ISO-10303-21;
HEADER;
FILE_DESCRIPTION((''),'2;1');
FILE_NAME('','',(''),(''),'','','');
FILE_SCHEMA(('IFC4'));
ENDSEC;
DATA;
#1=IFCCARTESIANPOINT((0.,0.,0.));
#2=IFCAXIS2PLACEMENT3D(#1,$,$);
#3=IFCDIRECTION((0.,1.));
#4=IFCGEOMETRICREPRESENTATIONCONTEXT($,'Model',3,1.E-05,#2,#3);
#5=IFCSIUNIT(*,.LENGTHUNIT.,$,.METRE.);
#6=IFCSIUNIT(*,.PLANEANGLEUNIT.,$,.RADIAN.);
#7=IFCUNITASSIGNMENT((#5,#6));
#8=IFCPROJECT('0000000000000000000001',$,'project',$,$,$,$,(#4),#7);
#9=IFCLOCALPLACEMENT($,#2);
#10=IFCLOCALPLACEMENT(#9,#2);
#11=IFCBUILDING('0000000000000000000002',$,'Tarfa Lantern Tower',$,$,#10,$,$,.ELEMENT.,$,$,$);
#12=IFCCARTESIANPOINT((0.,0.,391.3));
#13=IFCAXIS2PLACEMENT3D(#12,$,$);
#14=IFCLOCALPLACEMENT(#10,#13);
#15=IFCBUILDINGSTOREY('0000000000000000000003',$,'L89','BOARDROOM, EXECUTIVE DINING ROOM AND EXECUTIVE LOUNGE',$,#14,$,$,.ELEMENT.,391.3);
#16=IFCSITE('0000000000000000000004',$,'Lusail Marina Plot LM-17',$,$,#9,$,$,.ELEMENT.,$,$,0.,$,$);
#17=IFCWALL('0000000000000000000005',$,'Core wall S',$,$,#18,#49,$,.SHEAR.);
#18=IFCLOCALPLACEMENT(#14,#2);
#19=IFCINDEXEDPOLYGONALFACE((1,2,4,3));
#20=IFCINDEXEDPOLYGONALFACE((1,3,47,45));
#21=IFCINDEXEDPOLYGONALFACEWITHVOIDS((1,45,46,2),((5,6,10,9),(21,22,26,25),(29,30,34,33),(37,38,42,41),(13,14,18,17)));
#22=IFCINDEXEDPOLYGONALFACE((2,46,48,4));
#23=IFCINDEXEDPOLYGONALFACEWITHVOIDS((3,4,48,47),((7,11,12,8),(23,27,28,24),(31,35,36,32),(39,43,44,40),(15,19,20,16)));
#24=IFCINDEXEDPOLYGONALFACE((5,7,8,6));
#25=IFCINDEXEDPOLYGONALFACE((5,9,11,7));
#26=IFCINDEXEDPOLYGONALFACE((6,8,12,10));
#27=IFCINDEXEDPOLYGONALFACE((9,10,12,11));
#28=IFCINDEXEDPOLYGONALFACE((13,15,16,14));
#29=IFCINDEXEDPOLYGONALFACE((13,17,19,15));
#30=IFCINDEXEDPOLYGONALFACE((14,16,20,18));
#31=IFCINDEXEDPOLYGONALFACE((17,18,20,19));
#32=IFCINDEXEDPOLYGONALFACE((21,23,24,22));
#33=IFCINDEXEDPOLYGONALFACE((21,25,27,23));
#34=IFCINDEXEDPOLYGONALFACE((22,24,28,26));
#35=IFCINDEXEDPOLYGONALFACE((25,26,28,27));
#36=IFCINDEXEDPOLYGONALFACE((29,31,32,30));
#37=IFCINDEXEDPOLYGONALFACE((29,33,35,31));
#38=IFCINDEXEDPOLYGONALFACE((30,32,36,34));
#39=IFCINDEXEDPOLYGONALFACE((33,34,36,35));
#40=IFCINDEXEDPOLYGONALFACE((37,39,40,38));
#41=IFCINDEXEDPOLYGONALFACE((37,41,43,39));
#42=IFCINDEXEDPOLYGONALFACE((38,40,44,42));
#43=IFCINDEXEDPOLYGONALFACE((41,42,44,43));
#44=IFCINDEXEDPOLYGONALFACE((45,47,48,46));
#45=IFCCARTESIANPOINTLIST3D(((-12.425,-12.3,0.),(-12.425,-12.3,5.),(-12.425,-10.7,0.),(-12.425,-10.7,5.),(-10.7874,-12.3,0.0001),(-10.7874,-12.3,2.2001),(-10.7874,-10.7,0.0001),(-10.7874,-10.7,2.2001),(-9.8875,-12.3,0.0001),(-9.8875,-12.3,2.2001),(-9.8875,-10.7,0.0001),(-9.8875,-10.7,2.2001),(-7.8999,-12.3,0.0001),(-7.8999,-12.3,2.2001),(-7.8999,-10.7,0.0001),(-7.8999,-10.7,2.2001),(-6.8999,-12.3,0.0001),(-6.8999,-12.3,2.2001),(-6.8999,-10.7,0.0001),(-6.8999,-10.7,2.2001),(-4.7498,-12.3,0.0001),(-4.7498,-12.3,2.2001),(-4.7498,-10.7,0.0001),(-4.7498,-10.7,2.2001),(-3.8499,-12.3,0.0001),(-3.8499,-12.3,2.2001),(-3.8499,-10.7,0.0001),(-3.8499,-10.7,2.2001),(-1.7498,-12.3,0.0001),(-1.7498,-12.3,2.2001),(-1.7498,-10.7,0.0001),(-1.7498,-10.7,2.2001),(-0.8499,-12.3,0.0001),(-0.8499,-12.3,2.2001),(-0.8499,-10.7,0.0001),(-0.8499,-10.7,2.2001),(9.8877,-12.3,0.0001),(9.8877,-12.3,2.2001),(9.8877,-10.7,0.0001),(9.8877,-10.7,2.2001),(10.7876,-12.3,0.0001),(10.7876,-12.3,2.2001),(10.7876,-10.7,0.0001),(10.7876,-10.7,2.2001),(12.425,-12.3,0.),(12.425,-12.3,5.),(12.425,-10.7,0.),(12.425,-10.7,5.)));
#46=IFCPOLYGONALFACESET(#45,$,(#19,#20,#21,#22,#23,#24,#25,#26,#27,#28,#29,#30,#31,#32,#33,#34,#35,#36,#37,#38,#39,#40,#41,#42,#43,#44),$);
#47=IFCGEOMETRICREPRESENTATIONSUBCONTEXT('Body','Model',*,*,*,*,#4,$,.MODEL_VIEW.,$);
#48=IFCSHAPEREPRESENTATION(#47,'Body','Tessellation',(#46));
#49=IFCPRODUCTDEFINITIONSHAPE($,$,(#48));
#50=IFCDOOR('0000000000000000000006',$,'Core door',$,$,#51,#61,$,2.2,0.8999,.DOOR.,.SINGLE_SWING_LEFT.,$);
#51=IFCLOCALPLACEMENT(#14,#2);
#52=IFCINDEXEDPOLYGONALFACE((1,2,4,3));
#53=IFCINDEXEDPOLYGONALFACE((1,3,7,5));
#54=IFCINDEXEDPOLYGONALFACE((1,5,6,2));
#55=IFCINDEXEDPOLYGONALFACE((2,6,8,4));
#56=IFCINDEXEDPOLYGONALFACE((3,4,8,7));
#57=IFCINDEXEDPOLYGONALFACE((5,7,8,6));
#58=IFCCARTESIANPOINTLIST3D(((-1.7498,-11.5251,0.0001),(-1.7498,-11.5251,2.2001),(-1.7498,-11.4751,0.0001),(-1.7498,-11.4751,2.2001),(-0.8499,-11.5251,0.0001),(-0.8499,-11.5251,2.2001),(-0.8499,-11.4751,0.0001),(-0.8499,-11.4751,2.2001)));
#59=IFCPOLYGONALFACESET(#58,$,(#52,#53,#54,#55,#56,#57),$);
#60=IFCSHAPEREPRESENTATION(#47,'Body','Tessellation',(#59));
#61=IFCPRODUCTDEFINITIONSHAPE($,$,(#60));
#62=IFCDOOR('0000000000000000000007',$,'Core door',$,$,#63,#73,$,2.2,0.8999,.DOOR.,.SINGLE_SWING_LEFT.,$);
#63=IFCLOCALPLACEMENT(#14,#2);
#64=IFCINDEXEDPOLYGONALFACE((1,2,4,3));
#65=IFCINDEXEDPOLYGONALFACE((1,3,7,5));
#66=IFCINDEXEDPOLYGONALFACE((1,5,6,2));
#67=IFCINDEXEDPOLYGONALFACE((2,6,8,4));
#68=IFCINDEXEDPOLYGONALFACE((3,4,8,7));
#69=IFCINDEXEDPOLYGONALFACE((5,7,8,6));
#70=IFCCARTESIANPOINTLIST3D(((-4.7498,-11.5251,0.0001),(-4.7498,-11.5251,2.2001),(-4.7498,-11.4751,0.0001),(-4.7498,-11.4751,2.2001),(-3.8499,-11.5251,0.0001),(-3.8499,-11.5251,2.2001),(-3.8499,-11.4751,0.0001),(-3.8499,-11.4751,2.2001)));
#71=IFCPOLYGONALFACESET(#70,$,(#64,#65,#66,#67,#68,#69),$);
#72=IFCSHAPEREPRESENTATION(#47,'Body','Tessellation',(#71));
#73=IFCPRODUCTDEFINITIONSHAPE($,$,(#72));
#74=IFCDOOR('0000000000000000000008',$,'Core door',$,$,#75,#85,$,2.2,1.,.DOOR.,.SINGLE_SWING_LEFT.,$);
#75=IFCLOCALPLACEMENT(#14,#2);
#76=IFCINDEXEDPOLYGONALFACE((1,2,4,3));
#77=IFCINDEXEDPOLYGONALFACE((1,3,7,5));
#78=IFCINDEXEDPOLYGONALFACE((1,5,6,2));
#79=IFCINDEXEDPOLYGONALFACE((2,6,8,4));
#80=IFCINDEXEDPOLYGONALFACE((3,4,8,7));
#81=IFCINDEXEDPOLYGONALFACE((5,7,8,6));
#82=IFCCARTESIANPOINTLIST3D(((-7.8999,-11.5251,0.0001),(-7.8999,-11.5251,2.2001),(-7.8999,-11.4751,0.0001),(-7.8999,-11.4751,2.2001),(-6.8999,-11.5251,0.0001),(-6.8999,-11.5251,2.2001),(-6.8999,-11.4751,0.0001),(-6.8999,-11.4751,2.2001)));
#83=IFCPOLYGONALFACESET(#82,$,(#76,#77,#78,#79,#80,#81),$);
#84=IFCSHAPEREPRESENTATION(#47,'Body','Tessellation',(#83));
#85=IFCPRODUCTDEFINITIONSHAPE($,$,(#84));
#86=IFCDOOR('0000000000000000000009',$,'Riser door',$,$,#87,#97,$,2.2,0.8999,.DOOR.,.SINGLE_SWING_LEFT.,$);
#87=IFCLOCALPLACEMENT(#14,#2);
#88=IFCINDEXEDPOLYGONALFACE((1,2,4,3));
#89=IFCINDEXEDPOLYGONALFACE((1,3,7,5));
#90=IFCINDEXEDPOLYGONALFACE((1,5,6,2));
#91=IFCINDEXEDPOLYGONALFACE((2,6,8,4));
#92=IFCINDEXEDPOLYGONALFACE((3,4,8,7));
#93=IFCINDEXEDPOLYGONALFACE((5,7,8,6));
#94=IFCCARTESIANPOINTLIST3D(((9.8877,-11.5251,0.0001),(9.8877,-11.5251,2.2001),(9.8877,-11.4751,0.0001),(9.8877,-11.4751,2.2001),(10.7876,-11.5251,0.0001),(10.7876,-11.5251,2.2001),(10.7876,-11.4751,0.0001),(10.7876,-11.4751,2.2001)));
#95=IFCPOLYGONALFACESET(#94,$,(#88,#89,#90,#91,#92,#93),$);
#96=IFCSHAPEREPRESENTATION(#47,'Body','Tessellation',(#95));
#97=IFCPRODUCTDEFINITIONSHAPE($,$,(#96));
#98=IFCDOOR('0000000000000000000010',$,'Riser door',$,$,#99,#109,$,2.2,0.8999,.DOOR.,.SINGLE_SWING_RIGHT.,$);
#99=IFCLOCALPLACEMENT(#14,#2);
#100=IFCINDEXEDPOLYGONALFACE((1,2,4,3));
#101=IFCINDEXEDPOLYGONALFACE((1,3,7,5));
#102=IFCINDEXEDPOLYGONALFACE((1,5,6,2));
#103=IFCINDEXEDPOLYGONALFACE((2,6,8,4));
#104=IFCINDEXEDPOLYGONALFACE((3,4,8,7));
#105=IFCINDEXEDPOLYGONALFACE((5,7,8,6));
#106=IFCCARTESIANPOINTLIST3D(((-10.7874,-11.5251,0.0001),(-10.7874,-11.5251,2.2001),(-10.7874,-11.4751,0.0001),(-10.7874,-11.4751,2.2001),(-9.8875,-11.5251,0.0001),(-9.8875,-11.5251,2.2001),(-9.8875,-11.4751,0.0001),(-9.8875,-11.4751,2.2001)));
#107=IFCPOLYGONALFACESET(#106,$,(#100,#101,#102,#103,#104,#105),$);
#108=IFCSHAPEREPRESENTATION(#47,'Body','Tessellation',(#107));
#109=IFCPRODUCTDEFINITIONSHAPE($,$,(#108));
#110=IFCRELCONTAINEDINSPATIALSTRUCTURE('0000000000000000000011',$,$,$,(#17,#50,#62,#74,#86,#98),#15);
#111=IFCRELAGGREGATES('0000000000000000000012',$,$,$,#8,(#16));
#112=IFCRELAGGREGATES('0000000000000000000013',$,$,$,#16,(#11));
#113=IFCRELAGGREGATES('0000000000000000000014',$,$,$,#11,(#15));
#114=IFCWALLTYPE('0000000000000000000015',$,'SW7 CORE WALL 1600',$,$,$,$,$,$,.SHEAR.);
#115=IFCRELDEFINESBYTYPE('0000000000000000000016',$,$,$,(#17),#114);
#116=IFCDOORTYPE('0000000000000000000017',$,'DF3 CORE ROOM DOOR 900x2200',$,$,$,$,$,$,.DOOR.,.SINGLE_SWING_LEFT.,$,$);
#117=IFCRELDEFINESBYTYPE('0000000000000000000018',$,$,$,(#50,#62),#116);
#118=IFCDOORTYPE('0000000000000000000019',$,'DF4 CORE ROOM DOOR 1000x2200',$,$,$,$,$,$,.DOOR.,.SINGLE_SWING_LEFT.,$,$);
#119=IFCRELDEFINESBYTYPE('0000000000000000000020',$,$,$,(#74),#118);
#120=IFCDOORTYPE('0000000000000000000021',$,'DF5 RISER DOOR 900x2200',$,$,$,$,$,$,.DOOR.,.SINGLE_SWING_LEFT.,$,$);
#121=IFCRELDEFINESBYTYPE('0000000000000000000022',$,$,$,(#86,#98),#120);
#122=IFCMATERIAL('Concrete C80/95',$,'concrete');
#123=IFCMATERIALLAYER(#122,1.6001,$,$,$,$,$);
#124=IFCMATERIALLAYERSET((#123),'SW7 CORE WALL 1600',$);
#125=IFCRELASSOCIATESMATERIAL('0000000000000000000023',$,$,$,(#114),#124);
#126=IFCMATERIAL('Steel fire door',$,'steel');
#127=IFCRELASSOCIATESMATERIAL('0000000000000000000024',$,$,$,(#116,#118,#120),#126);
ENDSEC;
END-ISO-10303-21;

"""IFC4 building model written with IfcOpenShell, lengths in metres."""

from ifc_helpers import new_model, si_unit, direction, frame, frame_2d, origin, place, context, subcontext, project, spatial, rectangle, extrude, material, layer, layer_set, type_object, element, fill, save


model = new_model("IFC4")

# Units and contexts
model_context = context("Model", 3, precision=1e-05, world=origin(), true_north=direction((0.0, 1.0)))
body_context = subcontext(model_context, "Body", "Model", "MODEL_VIEW")
ifc_project = project(units=[si_unit("LENGTHUNIT", "METRE"), si_unit("PLANEANGLEUNIT", "RADIAN")], contexts=[model_context])

# Site, building, storey
site_placement = place(None, origin())
site = spatial("IfcSite", under=ifc_project, at=site_placement, Name="Lusail Marina Plot LM-17", CompositionType="ELEMENT", RefElevation=0.0)
building_placement = place(site_placement, origin())
building = spatial("IfcBuilding", under=site, at=building_placement, Name="Tarfa Lantern Tower", CompositionType="ELEMENT")
storey_placement = place(building_placement, frame((0.0, 0.0, 391.3)))
storey = spatial("IfcBuildingStorey", under=building, at=storey_placement, Name="L89", Description="BOARDROOM, EXECUTIVE DINING ROOM AND EXECUTIVE LOUNGE", CompositionType="ELEMENT", Elevation=391.3)

# Shared definitions
ifc_material_1 = material(Name="Concrete C80/95", Category="concrete")

# Shared definitions
ifc_material_2 = material(Name="Steel fire door", Category="steel")

# Wall, openings, doors
ifc_layer_1 = layer(ifc_material_1, 1.6001)
ifc_layer_set_1 = layer_set([ifc_layer_1], Name="SW7 CORE WALL 1600")
wall_type_1 = type_object("IfcWallType", Name="SW7 CORE WALL 1600", PredefinedType="SHEAR", material=ifc_layer_set_1)
wall_1_placement = place(storey_placement, frame((12.425, -11.5, 0.0), z_axis=(0.0, 0.0, 1.0), x_axis=(-1.0, 0.0, 0.0)))
wall_1 = element("IfcWall", 1, at=wall_1_placement, inside=storey, type_object=wall_type_1, Name="Core wall S", PredefinedType="SHEAR", context=body_context, shape_type="SweptSolid", body=[
    extrude(rectangle(XDim=24.8501, YDim=1.6001, at=frame_2d((12.425, 0.0))), origin(), (0.0, 0.0, 1.0), 5.0),
])
opening_1_placement = place(wall_1_placement, frame((13.2749, 0.0, 0.0)))
opening_1 = element("IfcOpeningElement", 2, at=opening_1_placement, cuts=wall_1, PredefinedType="OPENING", context=body_context, shape_type="SweptSolid", body=[
    extrude(rectangle(XDim=0.8999, YDim=2.2, at=frame_2d((0.45, 1.1001))), frame((0.0, 0.8101, 0.0), z_axis=(0.0, -1.0, 0.0), x_axis=(1.0, 0.0, 0.0)), (0.0, 0.0, 1.0), 1.6201),
])
opening_2_placement = place(wall_1_placement, frame((16.2749, 0.0, 0.0)))
opening_2 = element("IfcOpeningElement", 3, at=opening_2_placement, cuts=wall_1, PredefinedType="OPENING", context=body_context, shape_type="SweptSolid", body=[
    extrude(rectangle(XDim=0.8999, YDim=2.2, at=frame_2d((0.45, 1.1001))), frame((0.0, 0.8101, 0.0), z_axis=(0.0, -1.0, 0.0), x_axis=(1.0, 0.0, 0.0)), (0.0, 0.0, 1.0), 1.6201),
])
opening_3_placement = place(wall_1_placement, frame((19.325, 0.0, 0.0)))
opening_3 = element("IfcOpeningElement", 4, at=opening_3_placement, cuts=wall_1, PredefinedType="OPENING", context=body_context, shape_type="SweptSolid", body=[
    extrude(rectangle(XDim=1.0, YDim=2.2, at=frame_2d((0.5, 1.1001))), frame((0.0, 0.8101, 0.0), z_axis=(0.0, -1.0, 0.0), x_axis=(1.0, 0.0, 0.0)), (0.0, 0.0, 1.0), 1.6201),
])
opening_4_placement = place(wall_1_placement, frame((1.6375, 0.0, 0.0)))
opening_4 = element("IfcOpeningElement", 5, at=opening_4_placement, cuts=wall_1, PredefinedType="OPENING", context=body_context, shape_type="SweptSolid", body=[
    extrude(rectangle(XDim=0.8999, YDim=2.2, at=frame_2d((0.45, 1.1001))), frame((0.0, 0.8101, 0.0), z_axis=(0.0, -1.0, 0.0), x_axis=(1.0, 0.0, 0.0)), (0.0, 0.0, 1.0), 1.6201),
])
opening_5_placement = place(wall_1_placement, frame((22.3125, 0.0, 0.0)))
opening_5 = element("IfcOpeningElement", 6, at=opening_5_placement, cuts=wall_1, PredefinedType="OPENING", context=body_context, shape_type="SweptSolid", body=[
    extrude(rectangle(XDim=0.8999, YDim=2.2, at=frame_2d((0.45, 1.1001))), frame((0.0, 0.8101, 0.0), z_axis=(0.0, -1.0, 0.0), x_axis=(1.0, 0.0, 0.0)), (0.0, 0.0, 1.0), 1.6201),
])
door_type_1 = type_object("IfcDoorType", Name="DF3 CORE ROOM DOOR 900x2200", OperationType="SINGLE_SWING_LEFT", PredefinedType="DOOR", material=ifc_material_2)
door_1_placement = place(opening_1_placement, frame((0.8999, 0.0, 0.0), z_axis=(0.0, 0.0, 1.0), x_axis=(-1.0, 0.0, 0.0)))
door_1 = element("IfcDoor", 7, at=door_1_placement, inside=storey, type_object=door_type_1, Name="Core door", OperationType="SINGLE_SWING_LEFT", OverallHeight=2.2, OverallWidth=0.8999, PredefinedType="DOOR", context=body_context, shape_type="SweptSolid", body=[
    extrude(rectangle(XDim=0.8999, YDim=2.2, at=frame_2d((0.45, 1.1001))), frame((0.0, 0.0249, 0.0), z_axis=(0.0, -1.0, 0.0), x_axis=(1.0, 0.0, 0.0)), (0.0, 0.0, 1.0), 0.05),
])
fill(opening_1, door_1)
door_2_placement = place(opening_2_placement, frame((0.8999, 0.0, 0.0), z_axis=(0.0, 0.0, 1.0), x_axis=(-1.0, 0.0, 0.0)))
door_2 = element("IfcDoor", 8, at=door_2_placement, inside=storey, type_object=door_type_1, Name="Core door", OperationType="SINGLE_SWING_LEFT", OverallHeight=2.2, OverallWidth=0.8999, PredefinedType="DOOR", context=body_context, shape_type="SweptSolid", body=[
    extrude(rectangle(XDim=0.8999, YDim=2.2, at=frame_2d((0.45, 1.1001))), frame((0.0, 0.0249, 0.0), z_axis=(0.0, -1.0, 0.0), x_axis=(1.0, 0.0, 0.0)), (0.0, 0.0, 1.0), 0.05),
])
fill(opening_2, door_2)
door_type_2 = type_object("IfcDoorType", Name="DF4 CORE ROOM DOOR 1000x2200", OperationType="SINGLE_SWING_LEFT", PredefinedType="DOOR", material=ifc_material_2)
door_3_placement = place(opening_3_placement, frame((1.0, 0.0, 0.0), z_axis=(0.0, 0.0, 1.0), x_axis=(-1.0, 0.0, 0.0)))
door_3 = element("IfcDoor", 9, at=door_3_placement, inside=storey, type_object=door_type_2, Name="Core door", OperationType="SINGLE_SWING_LEFT", OverallHeight=2.2, OverallWidth=1.0, PredefinedType="DOOR", context=body_context, shape_type="SweptSolid", body=[
    extrude(rectangle(XDim=1.0, YDim=2.2, at=frame_2d((0.5, 1.1001))), frame((0.0, 0.0249, 0.0), z_axis=(0.0, -1.0, 0.0), x_axis=(1.0, 0.0, 0.0)), (0.0, 0.0, 1.0), 0.05),
])
fill(opening_3, door_3)
door_type_3 = type_object("IfcDoorType", Name="DF5 RISER DOOR 900x2200", OperationType="SINGLE_SWING_LEFT", PredefinedType="DOOR", material=ifc_material_2)
door_4_placement = place(opening_4_placement, frame((0.8999, 0.0, 0.0), z_axis=(0.0, 0.0, 1.0), x_axis=(-1.0, 0.0, 0.0)))
door_4 = element("IfcDoor", 10, at=door_4_placement, inside=storey, type_object=door_type_3, Name="Riser door", OperationType="SINGLE_SWING_LEFT", OverallHeight=2.2, OverallWidth=0.8999, PredefinedType="DOOR", context=body_context, shape_type="SweptSolid", body=[
    extrude(rectangle(XDim=0.8999, YDim=2.2, at=frame_2d((0.45, 1.1001))), frame((0.0, 0.0249, 0.0), z_axis=(0.0, -1.0, 0.0), x_axis=(1.0, 0.0, 0.0)), (0.0, 0.0, 1.0), 0.05),
])
fill(opening_4, door_4)
door_5_placement = place(opening_5_placement, frame((0.8999, 0.0, 0.0), z_axis=(0.0, 0.0, 1.0), x_axis=(-1.0, 0.0, 0.0)))
door_5 = element("IfcDoor", 11, at=door_5_placement, inside=storey, type_object=door_type_3, Name="Riser door", OperationType="SINGLE_SWING_RIGHT", OverallHeight=2.2, OverallWidth=0.8999, PredefinedType="DOOR", context=body_context, shape_type="SweptSolid", body=[
    extrude(rectangle(XDim=0.8999, YDim=2.2, at=frame_2d((0.45, 1.1001))), frame((0.0, 0.0249, 0.0), z_axis=(0.0, -1.0, 0.0), x_axis=(1.0, 0.0, 0.0)), (0.0, 0.0, 1.0), 0.05),
])
fill(opening_5, door_5)

save(model, "model.ifc")
